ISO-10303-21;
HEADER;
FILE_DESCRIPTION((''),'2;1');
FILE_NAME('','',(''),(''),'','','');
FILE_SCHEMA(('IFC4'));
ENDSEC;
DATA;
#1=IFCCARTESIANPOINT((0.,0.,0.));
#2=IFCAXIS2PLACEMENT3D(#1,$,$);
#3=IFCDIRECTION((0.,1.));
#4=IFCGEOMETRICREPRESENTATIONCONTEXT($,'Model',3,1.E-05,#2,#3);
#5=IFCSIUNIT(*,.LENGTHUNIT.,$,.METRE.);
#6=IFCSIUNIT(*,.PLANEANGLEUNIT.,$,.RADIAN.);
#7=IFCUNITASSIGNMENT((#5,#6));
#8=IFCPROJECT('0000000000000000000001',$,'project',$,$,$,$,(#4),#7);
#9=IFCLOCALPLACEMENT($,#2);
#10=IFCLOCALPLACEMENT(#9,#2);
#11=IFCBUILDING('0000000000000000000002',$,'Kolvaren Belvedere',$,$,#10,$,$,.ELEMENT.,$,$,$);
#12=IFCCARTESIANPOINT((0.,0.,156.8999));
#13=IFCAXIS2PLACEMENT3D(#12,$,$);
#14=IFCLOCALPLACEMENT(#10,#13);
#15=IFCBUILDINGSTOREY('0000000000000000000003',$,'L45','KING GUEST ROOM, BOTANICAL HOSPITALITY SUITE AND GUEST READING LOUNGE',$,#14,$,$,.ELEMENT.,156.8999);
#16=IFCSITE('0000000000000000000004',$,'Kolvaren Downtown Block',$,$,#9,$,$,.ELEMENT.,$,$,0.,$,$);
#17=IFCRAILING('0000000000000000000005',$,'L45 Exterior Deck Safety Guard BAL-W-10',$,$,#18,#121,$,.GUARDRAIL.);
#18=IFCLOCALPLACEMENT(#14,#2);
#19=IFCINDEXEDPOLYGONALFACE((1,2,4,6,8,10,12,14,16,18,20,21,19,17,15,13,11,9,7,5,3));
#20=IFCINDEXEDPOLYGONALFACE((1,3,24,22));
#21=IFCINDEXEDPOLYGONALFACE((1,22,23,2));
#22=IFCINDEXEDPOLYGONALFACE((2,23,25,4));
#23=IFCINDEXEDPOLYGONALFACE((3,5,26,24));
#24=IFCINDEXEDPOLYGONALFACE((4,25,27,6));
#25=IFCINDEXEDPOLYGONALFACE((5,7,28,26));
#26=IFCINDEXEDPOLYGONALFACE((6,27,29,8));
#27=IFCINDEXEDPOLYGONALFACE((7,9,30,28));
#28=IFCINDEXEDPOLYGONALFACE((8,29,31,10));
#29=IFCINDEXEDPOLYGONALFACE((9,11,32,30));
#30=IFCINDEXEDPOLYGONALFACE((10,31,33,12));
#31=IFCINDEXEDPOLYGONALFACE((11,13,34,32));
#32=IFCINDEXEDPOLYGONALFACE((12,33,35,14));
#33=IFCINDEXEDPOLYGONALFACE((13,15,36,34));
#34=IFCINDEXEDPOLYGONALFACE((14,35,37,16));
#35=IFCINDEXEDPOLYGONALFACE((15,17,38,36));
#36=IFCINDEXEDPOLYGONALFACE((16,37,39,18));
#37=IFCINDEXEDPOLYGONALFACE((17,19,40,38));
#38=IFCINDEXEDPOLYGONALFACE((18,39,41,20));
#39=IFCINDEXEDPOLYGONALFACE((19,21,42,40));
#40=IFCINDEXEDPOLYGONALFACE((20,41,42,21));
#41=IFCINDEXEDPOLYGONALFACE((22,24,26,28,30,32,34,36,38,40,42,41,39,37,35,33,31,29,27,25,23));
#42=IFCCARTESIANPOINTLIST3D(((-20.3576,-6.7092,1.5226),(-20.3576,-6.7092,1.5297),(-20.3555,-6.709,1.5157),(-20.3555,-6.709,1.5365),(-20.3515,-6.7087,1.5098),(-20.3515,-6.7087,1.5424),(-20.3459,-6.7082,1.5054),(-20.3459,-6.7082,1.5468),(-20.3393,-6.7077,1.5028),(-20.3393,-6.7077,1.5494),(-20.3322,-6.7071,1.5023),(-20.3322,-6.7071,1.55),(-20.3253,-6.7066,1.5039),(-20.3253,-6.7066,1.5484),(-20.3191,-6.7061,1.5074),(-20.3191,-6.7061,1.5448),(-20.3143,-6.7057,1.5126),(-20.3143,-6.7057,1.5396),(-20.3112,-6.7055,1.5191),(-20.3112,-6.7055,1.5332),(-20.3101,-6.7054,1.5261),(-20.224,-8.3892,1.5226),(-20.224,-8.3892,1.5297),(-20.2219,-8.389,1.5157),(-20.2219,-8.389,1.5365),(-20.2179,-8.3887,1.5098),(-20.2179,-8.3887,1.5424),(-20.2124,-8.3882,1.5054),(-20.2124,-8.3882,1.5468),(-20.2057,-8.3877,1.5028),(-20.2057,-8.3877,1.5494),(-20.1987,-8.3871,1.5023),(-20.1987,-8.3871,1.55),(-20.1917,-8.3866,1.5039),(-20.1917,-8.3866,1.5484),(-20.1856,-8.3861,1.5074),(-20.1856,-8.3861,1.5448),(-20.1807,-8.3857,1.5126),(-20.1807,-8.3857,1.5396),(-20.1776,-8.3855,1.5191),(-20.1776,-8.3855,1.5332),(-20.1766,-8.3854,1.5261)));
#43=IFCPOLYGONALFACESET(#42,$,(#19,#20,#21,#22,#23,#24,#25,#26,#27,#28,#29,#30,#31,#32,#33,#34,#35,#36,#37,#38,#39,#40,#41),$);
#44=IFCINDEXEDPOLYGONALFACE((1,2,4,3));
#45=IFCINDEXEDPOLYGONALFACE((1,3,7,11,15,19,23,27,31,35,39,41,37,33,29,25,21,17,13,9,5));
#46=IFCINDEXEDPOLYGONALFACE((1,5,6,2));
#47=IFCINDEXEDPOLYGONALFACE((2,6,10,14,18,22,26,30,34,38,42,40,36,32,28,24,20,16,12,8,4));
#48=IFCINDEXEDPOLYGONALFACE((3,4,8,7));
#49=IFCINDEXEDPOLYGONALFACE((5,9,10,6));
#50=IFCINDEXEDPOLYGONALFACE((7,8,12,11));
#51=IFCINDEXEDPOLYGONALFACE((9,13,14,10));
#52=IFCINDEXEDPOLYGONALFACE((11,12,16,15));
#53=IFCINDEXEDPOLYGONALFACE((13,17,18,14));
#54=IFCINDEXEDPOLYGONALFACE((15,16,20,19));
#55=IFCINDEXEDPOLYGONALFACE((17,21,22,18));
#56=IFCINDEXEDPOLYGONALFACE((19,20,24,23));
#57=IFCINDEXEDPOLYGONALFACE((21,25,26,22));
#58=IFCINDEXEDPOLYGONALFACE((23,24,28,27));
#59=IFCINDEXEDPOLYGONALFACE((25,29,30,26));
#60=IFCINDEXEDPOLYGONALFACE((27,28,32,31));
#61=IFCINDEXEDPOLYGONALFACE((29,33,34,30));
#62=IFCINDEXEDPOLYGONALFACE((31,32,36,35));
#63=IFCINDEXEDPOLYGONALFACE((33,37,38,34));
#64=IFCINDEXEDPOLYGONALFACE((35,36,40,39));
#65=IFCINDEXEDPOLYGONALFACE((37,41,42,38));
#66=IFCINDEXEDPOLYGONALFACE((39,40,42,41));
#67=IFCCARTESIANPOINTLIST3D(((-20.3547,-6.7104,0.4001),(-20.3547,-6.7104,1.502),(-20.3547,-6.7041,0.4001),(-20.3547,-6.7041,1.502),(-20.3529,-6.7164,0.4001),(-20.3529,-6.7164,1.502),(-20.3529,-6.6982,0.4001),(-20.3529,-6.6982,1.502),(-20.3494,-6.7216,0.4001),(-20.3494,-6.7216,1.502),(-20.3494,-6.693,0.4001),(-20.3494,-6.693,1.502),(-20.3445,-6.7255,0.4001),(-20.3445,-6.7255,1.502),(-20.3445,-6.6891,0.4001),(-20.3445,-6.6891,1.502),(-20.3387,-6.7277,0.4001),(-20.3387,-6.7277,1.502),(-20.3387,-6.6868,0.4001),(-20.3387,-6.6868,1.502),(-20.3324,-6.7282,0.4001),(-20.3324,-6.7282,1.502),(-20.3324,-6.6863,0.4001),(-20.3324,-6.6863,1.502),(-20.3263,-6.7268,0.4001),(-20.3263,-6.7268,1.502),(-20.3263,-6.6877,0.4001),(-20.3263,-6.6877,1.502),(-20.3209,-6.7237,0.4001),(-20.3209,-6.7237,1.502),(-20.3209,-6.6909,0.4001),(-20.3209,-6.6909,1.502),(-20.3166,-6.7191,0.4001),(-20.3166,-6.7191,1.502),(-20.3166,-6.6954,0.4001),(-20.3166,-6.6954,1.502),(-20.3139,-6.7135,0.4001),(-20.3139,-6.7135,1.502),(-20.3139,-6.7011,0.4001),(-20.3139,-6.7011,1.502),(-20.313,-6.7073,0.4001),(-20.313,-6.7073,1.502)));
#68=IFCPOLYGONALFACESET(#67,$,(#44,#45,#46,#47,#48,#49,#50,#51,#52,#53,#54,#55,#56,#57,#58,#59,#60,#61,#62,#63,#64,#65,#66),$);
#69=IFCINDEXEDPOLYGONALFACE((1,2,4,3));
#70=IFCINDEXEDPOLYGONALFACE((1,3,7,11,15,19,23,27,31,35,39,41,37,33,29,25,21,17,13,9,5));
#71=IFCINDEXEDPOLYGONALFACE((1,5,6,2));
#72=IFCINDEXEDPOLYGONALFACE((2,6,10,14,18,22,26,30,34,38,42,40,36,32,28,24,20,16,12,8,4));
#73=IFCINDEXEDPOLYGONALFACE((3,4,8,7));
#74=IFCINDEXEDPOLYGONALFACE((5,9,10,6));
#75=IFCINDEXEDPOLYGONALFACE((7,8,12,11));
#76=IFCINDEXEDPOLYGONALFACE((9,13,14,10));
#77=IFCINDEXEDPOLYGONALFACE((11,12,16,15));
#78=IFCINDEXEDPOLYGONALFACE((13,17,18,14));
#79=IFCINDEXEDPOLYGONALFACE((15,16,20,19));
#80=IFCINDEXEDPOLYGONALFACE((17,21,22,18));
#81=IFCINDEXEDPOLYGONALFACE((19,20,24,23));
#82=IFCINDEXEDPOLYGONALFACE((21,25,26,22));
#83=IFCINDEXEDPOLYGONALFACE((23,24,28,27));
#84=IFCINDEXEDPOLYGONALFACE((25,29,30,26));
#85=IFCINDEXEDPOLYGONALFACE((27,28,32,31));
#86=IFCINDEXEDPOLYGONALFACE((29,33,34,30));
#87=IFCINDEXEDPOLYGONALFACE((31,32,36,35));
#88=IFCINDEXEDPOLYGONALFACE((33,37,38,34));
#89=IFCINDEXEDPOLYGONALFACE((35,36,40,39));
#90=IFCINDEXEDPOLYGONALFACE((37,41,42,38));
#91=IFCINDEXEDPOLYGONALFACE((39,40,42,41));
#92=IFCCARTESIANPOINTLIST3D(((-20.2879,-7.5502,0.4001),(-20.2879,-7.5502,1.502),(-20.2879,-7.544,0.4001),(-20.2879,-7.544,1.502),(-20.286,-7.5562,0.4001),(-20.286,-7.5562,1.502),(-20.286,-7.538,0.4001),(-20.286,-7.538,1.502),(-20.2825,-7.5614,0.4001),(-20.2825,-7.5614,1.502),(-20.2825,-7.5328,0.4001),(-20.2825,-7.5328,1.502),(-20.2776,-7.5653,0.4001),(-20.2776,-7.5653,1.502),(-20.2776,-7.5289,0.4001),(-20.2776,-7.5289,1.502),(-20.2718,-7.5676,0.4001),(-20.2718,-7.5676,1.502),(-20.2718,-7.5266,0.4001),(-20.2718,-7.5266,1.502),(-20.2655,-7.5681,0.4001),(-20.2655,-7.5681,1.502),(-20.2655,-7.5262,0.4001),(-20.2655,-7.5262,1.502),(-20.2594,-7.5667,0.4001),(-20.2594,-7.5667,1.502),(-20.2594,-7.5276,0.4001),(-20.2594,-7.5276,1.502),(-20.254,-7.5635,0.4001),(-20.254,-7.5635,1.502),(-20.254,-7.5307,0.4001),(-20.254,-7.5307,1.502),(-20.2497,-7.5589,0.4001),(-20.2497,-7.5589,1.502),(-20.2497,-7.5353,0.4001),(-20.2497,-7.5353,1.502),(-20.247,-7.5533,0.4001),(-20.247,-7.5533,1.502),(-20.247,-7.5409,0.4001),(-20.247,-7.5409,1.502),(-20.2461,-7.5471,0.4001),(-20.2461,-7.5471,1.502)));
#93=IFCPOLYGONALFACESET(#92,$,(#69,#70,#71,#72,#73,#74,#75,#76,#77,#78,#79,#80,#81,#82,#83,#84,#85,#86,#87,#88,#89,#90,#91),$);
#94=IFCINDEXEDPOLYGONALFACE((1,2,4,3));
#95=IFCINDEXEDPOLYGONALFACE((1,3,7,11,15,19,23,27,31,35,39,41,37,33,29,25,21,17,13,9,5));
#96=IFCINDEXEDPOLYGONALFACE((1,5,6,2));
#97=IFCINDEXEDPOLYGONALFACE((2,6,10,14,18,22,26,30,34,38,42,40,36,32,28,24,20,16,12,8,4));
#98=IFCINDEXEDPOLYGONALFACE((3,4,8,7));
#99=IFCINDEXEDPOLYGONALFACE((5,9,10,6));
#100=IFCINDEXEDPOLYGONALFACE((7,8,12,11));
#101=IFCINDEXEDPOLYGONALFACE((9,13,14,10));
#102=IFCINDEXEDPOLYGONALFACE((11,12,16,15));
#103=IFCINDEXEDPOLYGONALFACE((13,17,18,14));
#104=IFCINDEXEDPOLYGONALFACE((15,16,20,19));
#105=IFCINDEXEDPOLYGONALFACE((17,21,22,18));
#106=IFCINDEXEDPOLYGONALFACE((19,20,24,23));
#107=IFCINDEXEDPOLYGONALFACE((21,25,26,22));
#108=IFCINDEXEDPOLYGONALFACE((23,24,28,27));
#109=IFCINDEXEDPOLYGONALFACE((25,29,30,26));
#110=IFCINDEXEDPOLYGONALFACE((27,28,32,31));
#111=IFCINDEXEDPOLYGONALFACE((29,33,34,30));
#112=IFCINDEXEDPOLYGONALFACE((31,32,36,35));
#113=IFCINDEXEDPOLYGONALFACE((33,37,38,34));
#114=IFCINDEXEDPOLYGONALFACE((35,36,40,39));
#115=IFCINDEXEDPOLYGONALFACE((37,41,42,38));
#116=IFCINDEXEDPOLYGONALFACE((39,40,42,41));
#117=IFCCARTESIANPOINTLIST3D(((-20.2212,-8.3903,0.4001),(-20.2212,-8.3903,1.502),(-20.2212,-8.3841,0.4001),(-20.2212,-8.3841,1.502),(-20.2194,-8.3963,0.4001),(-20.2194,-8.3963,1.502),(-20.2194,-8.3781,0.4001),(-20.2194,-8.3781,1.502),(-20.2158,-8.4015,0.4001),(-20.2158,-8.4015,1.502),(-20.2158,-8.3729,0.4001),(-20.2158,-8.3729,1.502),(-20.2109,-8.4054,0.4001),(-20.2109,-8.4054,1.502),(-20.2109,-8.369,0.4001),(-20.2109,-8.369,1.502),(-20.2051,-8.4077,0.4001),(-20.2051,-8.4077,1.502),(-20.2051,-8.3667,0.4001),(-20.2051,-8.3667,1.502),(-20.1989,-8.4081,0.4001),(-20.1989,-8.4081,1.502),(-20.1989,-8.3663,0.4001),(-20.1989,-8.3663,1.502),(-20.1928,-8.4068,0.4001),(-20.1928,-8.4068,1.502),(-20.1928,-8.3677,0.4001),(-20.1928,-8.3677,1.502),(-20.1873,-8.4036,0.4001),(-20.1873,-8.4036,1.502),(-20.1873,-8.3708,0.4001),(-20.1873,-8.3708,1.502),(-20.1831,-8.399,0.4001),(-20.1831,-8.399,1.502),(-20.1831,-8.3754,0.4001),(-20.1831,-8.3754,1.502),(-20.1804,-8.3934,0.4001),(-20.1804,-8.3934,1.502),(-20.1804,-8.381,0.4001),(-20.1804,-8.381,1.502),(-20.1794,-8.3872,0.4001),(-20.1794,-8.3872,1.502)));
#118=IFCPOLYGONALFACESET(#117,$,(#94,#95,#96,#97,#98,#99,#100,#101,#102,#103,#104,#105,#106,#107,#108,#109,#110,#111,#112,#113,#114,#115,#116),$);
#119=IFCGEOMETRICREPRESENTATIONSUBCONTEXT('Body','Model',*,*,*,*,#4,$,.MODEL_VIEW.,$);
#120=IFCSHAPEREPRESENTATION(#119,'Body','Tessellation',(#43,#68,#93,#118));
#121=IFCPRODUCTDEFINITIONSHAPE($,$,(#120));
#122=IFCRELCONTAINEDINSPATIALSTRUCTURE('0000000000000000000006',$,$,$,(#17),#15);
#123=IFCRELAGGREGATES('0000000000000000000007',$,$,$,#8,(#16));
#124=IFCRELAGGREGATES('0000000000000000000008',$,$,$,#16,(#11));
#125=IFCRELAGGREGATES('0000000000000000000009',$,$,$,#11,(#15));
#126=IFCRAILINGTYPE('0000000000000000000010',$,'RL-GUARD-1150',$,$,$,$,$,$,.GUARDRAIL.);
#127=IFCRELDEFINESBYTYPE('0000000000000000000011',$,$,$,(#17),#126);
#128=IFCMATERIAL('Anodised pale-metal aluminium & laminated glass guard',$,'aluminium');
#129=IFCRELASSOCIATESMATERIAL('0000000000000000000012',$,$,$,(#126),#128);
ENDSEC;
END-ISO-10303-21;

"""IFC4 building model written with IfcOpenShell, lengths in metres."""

from ifc_helpers import new_model, si_unit, direction, frame, origin, origin_2d, place, context, subcontext, project, spatial, circle, extrude, material, type_object, element, save


model = new_model("IFC4")

# Units and contexts
model_context = context("Model", 3, precision=1e-05, world=origin(), true_north=direction((0.0, 1.0)))
body_context = subcontext(model_context, "Body", "Model", "MODEL_VIEW")
ifc_project = project(units=[si_unit("LENGTHUNIT", "METRE"), si_unit("PLANEANGLEUNIT", "RADIAN")], contexts=[model_context])

# Site, building, storey
site_placement = place(None, origin())
site = spatial("IfcSite", under=ifc_project, at=site_placement, Name="Kolvaren Downtown Block", CompositionType="ELEMENT", RefElevation=0.0)
building_placement = place(site_placement, origin())
building = spatial("IfcBuilding", under=site, at=building_placement, Name="Kolvaren Belvedere", CompositionType="ELEMENT")
storey_placement = place(building_placement, frame((0.0, 0.0, 156.8999)))
storey = spatial("IfcBuildingStorey", under=building, at=storey_placement, Name="L45", Description="KING GUEST ROOM, BOTANICAL HOSPITALITY SUITE AND GUEST READING LOUNGE", CompositionType="ELEMENT", Elevation=156.8999)

# Railing
ifc_material_1 = material(Name="Anodised pale-metal aluminium & laminated glass guard", Category="aluminium")
railing_type = type_object("IfcRailingType", Name="RL-GUARD-1150", PredefinedType="GUARDRAIL", material=ifc_material_1)
railing_1_placement = place(storey_placement, frame((-20.334, -6.7073, 0.4001)))
element("IfcRailing", 1, at=railing_1_placement, inside=storey, type_object=railing_type, Name="L45 Exterior Deck Safety Guard BAL-W-10", PredefinedType="GUARDRAIL", context=body_context, shape_type="SweptSolid", body=[
    extrude(circle(Radius=0.0239, at=origin_2d()), frame((0.0, 0.0, 1.126), z_axis=(0.079244, -0.996855, 0.0), x_axis=(0.996855, 0.079244, 0.0)), (0.0, 0.0, 1.0), 1.6853),
    extrude(circle(Radius=0.021, at=origin_2d()), origin(), (0.0, 0.0, 1.0), 1.1018),
    extrude(circle(Radius=0.021, at=origin_2d()), frame((0.0669, -0.8398, 0.0)), (0.0, 0.0, 1.0), 1.1018),
    extrude(circle(Radius=0.021, at=origin_2d()), frame((0.1335, -1.6799, 0.0)), (0.0, 0.0, 1.0), 1.1018),
])

save(model, "model.ifc")
